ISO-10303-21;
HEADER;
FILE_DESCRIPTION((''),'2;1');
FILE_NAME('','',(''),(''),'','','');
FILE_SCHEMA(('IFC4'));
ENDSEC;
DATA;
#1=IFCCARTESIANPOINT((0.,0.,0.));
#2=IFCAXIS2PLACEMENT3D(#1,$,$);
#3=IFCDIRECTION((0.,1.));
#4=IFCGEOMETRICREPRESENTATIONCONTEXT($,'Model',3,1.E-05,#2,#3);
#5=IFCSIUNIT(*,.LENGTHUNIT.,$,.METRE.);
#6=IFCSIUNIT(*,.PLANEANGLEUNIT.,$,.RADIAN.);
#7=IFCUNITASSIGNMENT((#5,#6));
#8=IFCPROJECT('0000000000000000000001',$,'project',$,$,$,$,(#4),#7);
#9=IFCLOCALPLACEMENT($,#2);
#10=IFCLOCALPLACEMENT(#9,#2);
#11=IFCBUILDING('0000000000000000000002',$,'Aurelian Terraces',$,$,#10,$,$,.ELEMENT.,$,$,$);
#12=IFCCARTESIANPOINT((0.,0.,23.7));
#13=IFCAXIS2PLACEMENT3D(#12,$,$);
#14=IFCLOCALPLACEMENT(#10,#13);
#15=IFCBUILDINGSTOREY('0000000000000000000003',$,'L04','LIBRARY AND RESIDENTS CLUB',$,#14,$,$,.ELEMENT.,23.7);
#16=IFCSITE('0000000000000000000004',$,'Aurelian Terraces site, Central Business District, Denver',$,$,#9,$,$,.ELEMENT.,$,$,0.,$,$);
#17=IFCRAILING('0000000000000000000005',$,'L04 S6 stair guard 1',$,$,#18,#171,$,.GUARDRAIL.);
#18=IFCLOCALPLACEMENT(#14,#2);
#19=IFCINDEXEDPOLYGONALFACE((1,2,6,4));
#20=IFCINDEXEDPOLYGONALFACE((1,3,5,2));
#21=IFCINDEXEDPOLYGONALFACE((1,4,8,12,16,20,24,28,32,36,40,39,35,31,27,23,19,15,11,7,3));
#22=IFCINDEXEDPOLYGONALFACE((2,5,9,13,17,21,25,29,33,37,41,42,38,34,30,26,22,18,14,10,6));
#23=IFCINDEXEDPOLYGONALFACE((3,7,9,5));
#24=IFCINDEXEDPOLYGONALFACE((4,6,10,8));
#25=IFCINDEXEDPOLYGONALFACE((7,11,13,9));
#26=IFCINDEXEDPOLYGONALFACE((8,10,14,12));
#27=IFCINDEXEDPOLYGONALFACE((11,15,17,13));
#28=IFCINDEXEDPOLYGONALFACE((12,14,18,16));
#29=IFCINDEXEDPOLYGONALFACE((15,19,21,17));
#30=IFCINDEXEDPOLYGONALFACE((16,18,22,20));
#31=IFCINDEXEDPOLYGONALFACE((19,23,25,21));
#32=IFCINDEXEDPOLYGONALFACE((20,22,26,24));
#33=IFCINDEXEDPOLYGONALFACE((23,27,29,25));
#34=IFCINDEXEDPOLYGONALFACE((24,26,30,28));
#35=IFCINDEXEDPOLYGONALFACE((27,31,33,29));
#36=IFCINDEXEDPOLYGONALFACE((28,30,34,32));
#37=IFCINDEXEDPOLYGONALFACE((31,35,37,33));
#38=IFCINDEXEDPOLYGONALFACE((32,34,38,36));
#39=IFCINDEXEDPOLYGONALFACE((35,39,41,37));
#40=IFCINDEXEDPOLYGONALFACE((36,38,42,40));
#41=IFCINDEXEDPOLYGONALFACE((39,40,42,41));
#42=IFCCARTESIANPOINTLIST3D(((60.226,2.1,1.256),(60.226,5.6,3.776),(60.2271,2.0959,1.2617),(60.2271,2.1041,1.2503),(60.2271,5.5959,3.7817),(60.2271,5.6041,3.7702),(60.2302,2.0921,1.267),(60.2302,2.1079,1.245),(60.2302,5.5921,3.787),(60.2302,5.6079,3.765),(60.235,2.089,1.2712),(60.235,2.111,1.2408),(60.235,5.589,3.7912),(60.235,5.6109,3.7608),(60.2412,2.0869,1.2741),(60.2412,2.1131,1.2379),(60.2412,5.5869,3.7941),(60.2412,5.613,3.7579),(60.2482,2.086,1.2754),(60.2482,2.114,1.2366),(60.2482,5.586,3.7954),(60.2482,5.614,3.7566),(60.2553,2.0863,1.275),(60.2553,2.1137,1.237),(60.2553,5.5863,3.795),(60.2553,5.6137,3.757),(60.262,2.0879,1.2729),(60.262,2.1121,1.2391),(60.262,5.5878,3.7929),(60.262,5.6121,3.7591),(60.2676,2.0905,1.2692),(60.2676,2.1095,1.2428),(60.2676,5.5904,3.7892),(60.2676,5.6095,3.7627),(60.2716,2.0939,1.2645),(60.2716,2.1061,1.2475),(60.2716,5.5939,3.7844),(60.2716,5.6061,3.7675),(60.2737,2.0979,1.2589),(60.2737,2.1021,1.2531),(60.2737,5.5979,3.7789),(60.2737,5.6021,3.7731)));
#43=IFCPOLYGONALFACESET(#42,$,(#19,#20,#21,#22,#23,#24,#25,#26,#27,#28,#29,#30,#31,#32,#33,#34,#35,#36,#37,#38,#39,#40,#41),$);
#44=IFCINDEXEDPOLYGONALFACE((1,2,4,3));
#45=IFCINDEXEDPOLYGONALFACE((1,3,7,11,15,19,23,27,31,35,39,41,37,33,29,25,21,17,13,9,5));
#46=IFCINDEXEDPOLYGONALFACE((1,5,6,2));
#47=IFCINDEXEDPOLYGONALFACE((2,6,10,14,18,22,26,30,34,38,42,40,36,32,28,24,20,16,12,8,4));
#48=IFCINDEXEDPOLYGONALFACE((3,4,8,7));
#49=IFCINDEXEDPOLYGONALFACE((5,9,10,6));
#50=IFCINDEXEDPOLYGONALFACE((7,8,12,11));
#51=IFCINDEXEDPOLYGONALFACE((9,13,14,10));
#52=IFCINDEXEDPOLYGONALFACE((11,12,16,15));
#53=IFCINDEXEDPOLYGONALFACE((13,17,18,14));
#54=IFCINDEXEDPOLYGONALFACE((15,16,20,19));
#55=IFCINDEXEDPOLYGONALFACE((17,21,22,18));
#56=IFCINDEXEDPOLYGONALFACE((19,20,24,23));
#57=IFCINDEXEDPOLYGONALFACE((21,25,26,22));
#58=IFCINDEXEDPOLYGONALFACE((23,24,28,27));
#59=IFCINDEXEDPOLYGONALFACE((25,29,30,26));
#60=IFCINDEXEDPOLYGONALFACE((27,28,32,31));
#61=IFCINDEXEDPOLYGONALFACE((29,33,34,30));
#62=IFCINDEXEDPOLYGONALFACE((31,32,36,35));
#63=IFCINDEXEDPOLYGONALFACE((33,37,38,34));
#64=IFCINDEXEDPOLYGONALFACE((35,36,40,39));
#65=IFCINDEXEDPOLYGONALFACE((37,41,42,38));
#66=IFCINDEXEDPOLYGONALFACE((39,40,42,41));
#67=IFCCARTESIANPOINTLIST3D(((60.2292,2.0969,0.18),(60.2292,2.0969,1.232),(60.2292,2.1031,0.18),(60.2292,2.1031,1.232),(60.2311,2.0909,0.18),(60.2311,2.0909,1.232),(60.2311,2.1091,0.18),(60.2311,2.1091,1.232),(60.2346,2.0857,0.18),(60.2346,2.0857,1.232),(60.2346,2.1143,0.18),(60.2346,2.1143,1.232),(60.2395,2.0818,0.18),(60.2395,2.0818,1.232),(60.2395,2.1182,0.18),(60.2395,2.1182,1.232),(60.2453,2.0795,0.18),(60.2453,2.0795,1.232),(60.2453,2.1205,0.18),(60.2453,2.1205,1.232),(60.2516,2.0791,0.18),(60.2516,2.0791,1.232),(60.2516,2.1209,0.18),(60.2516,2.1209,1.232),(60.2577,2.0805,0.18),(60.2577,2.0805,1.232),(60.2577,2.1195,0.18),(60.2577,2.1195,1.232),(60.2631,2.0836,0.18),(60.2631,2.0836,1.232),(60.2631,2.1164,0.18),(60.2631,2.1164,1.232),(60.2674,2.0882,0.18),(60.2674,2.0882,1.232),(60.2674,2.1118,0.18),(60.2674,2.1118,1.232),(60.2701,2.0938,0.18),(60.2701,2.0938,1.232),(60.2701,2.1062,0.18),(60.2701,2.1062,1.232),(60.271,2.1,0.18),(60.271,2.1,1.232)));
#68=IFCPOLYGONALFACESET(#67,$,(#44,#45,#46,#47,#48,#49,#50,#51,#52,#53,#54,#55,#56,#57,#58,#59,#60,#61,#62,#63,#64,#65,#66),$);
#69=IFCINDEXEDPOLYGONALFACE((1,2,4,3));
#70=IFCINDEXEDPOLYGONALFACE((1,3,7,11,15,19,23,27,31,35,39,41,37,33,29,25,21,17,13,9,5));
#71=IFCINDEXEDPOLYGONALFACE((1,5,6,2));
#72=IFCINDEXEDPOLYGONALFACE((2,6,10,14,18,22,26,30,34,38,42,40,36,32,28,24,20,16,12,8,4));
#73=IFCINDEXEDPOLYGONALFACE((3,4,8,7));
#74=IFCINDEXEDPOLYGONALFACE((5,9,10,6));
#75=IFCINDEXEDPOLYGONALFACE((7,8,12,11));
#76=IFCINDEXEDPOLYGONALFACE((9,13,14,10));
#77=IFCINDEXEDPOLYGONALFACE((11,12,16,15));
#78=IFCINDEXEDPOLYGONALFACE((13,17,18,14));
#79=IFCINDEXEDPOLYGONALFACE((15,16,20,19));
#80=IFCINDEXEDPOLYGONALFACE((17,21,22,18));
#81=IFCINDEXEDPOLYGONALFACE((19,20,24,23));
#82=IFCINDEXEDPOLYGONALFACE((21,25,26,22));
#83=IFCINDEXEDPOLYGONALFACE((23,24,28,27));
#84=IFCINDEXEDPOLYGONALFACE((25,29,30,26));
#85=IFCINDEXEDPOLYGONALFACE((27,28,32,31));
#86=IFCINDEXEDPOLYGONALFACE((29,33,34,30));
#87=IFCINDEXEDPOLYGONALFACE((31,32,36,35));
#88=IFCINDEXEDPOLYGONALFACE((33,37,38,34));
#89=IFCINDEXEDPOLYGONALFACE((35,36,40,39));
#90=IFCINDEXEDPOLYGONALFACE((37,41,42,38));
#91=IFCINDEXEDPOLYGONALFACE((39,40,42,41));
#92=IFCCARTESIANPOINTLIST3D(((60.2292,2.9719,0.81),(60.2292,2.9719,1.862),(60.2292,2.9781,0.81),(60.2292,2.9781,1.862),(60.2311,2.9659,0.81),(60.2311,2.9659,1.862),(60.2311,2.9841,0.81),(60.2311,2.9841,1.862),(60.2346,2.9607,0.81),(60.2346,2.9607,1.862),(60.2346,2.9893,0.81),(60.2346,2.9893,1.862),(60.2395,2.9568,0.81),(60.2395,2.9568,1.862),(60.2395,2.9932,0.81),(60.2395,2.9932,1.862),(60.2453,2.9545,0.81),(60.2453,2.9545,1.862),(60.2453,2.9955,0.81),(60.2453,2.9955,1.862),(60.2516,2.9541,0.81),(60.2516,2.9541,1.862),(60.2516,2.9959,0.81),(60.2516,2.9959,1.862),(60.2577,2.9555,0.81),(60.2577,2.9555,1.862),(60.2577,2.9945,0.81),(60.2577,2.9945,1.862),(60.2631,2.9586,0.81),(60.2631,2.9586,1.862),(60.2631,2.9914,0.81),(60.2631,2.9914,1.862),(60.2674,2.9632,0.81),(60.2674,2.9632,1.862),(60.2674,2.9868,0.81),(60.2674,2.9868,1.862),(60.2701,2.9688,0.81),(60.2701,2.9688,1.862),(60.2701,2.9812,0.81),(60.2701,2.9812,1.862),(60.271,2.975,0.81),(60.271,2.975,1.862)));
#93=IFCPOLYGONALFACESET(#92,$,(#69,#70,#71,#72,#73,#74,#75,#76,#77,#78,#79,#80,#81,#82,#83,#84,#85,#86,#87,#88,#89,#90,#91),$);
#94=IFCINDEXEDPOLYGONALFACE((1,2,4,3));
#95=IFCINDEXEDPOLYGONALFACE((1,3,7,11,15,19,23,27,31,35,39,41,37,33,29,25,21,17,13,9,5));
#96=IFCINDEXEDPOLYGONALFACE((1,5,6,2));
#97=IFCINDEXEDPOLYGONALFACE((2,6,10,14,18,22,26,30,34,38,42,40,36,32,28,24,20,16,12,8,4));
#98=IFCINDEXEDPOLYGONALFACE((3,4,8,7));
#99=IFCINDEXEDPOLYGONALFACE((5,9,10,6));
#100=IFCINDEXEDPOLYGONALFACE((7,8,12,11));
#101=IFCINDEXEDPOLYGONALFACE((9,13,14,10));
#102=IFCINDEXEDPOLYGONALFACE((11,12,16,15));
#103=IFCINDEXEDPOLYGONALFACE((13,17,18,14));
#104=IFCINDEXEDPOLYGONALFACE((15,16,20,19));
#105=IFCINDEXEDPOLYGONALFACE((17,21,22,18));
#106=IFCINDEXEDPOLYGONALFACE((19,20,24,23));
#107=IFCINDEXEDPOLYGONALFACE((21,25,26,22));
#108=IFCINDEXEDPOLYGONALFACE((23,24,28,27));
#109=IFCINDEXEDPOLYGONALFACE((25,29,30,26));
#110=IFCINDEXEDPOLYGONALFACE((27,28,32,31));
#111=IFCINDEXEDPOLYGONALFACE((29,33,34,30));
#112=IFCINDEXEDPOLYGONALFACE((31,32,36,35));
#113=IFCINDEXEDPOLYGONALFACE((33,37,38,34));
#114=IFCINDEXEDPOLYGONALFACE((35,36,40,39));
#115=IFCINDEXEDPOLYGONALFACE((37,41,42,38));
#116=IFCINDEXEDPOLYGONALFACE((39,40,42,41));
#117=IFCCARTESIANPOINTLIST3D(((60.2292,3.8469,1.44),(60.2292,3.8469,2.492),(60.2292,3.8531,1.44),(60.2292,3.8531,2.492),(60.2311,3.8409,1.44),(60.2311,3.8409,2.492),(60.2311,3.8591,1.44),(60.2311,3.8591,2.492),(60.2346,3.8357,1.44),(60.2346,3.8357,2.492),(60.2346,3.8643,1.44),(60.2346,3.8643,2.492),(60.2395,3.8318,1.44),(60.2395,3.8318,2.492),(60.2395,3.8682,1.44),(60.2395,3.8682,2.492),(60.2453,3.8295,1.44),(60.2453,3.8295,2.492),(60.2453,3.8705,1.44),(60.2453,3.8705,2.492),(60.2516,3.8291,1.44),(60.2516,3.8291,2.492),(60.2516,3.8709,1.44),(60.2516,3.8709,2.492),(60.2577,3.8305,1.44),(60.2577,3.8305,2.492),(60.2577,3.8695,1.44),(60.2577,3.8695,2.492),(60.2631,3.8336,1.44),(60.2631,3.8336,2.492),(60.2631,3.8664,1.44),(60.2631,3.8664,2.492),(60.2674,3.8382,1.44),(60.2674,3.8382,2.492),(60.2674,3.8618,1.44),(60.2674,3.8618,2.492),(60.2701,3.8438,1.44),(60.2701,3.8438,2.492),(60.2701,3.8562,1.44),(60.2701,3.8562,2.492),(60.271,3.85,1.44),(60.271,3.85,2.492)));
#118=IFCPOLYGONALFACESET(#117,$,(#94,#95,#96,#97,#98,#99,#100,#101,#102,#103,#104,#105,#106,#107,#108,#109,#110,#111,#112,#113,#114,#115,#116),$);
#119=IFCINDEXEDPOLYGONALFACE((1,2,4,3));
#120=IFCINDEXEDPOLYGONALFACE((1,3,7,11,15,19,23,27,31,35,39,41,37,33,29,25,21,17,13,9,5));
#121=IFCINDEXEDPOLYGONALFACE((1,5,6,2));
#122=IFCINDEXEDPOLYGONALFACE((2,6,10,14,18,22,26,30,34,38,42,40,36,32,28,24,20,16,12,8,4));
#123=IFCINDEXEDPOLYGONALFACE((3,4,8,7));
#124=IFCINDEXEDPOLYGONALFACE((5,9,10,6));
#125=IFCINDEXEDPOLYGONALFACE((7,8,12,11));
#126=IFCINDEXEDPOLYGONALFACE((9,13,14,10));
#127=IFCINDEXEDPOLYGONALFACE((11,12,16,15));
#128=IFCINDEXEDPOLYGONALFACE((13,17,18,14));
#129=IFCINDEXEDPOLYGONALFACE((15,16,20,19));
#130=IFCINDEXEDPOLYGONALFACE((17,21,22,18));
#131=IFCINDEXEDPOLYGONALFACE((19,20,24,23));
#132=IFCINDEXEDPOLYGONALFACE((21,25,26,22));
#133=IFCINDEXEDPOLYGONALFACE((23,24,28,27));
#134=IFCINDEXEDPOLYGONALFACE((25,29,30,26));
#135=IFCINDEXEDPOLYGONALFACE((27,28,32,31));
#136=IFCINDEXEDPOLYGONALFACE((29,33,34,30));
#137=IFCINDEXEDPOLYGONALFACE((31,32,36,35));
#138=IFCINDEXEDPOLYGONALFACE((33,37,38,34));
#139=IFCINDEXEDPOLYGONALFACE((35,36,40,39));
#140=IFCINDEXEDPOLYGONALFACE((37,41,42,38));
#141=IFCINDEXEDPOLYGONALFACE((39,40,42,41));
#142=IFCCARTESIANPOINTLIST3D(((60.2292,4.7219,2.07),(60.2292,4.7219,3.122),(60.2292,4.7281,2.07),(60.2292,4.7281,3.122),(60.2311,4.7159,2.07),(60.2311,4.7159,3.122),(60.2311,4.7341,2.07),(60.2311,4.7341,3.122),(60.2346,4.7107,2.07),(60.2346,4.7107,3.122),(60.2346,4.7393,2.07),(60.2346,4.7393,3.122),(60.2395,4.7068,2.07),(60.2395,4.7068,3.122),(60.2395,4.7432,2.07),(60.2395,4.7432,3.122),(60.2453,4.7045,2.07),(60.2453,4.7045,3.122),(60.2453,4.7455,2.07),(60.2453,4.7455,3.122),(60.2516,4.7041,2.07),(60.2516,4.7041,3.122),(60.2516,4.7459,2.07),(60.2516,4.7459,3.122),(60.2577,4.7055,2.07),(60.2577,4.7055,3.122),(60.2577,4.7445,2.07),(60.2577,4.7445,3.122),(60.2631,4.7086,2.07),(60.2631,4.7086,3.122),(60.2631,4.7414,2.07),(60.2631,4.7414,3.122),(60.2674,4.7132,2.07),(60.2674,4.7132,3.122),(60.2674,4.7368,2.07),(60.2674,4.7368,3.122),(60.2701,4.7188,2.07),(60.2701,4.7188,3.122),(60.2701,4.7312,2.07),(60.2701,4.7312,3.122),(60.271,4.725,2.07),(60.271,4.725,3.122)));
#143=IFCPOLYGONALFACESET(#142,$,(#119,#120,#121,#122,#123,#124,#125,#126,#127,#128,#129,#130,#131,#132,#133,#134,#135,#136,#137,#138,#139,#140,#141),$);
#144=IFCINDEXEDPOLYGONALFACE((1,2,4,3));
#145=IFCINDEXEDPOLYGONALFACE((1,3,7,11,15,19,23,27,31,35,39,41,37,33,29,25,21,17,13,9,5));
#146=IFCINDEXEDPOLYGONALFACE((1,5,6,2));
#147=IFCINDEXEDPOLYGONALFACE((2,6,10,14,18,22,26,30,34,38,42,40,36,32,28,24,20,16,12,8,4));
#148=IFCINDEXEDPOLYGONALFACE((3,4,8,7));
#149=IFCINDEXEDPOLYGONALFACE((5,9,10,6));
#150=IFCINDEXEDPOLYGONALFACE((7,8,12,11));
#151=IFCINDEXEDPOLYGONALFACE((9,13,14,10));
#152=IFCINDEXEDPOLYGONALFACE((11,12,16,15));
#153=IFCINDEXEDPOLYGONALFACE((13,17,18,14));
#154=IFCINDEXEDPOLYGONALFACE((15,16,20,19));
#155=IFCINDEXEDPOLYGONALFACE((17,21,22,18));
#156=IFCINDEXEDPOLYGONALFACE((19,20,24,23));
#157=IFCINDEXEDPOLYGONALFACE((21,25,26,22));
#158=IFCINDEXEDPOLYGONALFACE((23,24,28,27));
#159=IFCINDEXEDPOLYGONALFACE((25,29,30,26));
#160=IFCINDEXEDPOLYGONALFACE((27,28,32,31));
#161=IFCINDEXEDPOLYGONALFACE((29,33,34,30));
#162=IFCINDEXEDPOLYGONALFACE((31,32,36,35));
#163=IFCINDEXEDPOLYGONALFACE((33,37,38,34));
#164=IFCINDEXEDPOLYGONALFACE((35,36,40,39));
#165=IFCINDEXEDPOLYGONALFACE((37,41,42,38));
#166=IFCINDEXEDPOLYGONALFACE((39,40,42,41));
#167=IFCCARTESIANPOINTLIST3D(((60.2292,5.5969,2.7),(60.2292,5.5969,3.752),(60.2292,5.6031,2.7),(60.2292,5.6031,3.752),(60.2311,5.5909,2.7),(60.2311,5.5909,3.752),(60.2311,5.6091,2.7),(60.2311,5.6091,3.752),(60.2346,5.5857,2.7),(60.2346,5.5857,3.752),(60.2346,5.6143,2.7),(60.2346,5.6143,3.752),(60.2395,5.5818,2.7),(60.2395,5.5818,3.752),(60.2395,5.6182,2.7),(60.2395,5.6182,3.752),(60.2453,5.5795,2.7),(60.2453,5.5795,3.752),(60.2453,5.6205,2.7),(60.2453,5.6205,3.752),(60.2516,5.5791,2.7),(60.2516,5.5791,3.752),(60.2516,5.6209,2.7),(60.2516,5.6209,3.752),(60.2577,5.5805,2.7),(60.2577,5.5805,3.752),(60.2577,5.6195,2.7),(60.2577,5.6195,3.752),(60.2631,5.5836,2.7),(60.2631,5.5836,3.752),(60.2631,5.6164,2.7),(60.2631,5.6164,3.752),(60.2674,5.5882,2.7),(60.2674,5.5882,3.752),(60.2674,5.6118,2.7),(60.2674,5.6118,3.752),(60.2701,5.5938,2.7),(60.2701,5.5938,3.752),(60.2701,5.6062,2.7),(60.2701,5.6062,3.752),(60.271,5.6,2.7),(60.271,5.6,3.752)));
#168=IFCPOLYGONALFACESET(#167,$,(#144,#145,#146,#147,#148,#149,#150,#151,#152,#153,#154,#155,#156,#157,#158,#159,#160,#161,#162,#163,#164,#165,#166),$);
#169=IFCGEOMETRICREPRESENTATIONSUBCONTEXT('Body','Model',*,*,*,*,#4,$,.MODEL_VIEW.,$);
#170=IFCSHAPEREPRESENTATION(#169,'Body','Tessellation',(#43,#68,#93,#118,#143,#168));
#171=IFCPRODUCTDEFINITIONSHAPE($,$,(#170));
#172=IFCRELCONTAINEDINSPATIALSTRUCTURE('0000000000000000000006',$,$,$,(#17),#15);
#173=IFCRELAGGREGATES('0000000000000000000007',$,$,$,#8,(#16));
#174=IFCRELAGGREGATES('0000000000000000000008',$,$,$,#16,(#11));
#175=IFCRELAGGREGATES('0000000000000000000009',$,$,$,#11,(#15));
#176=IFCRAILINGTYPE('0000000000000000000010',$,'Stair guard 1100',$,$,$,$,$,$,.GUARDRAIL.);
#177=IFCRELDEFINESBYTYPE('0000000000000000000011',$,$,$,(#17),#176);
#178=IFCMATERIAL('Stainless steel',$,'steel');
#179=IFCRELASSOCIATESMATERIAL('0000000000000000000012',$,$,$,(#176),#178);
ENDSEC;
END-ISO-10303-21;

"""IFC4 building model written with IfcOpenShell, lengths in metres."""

from ifc_helpers import new_model, si_unit, direction, frame, origin, origin_2d, place, context, subcontext, project, spatial, circle, extrude, source, transform, mapped, material, type_object, element, save


model = new_model("IFC4")

# Units and contexts
model_context = context("Model", 3, precision=1e-05, world=origin(), true_north=direction((0.0, 1.0)))
body_context = subcontext(model_context, "Body", "Model", "MODEL_VIEW")
ifc_project = project(units=[si_unit("LENGTHUNIT", "METRE"), si_unit("PLANEANGLEUNIT", "RADIAN")], contexts=[model_context])

# Site, building, storey
site_placement = place(None, origin())
site = spatial("IfcSite", under=ifc_project, at=site_placement, Name="Aurelian Terraces site, Central Business District, Denver", CompositionType="ELEMENT", RefElevation=0.0)
building_placement = place(site_placement, origin())
building = spatial("IfcBuilding", under=site, at=building_placement, Name="Aurelian Terraces", CompositionType="ELEMENT")
storey_placement = place(building_placement, frame((0.0, 0.0, 23.7)))
storey = spatial("IfcBuildingStorey", under=building, at=storey_placement, Name="L04", Description="LIBRARY AND RESIDENTS CLUB", CompositionType="ELEMENT", Elevation=23.7)

# Railing
ifc_material_1 = material(Name="Stainless steel", Category="steel")
railing_type_1 = type_object("IfcRailingType", Name="Stair guard 1100", PredefinedType="GUARDRAIL", material=ifc_material_1)
shared_shape_1 = source(origin(), body_context, "Body", "SweptSolid", [
    extrude(circle(Radius=0.024, at=origin_2d()), frame((0.0, 0.0, 1.076), z_axis=(0.0, 0.811534, 0.584305), x_axis=(-1.0, 0.0, 0.0)), (0.0, 0.0, 1.0), 4.3128),
    extrude(circle(Radius=0.021, at=origin_2d()), origin(), (0.0, 0.0, 1.0), 1.052),
    extrude(circle(Radius=0.021, at=origin_2d()), frame((0.0, 0.875, 0.63)), (0.0, 0.0, 1.0), 1.052),
    extrude(circle(Radius=0.021, at=origin_2d()), frame((0.0, 1.75, 1.26)), (0.0, 0.0, 1.0), 1.052),
    extrude(circle(Radius=0.021, at=origin_2d()), frame((0.0, 2.625, 1.89)), (0.0, 0.0, 1.0), 1.052),
    extrude(circle(Radius=0.021, at=origin_2d()), frame((0.0, 3.5, 2.52)), (0.0, 0.0, 1.0), 1.052),
])
railing_1_placement = place(storey_placement, frame((60.25, 2.1, 0.18)))
element("IfcRailing", 1, at=railing_1_placement, inside=storey, type_object=railing_type_1, Name="L04 S6 stair guard 1", PredefinedType="GUARDRAIL", context=body_context, shape_type="MappedRepresentation", body=[
    mapped(shared_shape_1, transform((0.0, 0.0, 0.0), scale=1.0)),
])

save(model, "model.ifc")
